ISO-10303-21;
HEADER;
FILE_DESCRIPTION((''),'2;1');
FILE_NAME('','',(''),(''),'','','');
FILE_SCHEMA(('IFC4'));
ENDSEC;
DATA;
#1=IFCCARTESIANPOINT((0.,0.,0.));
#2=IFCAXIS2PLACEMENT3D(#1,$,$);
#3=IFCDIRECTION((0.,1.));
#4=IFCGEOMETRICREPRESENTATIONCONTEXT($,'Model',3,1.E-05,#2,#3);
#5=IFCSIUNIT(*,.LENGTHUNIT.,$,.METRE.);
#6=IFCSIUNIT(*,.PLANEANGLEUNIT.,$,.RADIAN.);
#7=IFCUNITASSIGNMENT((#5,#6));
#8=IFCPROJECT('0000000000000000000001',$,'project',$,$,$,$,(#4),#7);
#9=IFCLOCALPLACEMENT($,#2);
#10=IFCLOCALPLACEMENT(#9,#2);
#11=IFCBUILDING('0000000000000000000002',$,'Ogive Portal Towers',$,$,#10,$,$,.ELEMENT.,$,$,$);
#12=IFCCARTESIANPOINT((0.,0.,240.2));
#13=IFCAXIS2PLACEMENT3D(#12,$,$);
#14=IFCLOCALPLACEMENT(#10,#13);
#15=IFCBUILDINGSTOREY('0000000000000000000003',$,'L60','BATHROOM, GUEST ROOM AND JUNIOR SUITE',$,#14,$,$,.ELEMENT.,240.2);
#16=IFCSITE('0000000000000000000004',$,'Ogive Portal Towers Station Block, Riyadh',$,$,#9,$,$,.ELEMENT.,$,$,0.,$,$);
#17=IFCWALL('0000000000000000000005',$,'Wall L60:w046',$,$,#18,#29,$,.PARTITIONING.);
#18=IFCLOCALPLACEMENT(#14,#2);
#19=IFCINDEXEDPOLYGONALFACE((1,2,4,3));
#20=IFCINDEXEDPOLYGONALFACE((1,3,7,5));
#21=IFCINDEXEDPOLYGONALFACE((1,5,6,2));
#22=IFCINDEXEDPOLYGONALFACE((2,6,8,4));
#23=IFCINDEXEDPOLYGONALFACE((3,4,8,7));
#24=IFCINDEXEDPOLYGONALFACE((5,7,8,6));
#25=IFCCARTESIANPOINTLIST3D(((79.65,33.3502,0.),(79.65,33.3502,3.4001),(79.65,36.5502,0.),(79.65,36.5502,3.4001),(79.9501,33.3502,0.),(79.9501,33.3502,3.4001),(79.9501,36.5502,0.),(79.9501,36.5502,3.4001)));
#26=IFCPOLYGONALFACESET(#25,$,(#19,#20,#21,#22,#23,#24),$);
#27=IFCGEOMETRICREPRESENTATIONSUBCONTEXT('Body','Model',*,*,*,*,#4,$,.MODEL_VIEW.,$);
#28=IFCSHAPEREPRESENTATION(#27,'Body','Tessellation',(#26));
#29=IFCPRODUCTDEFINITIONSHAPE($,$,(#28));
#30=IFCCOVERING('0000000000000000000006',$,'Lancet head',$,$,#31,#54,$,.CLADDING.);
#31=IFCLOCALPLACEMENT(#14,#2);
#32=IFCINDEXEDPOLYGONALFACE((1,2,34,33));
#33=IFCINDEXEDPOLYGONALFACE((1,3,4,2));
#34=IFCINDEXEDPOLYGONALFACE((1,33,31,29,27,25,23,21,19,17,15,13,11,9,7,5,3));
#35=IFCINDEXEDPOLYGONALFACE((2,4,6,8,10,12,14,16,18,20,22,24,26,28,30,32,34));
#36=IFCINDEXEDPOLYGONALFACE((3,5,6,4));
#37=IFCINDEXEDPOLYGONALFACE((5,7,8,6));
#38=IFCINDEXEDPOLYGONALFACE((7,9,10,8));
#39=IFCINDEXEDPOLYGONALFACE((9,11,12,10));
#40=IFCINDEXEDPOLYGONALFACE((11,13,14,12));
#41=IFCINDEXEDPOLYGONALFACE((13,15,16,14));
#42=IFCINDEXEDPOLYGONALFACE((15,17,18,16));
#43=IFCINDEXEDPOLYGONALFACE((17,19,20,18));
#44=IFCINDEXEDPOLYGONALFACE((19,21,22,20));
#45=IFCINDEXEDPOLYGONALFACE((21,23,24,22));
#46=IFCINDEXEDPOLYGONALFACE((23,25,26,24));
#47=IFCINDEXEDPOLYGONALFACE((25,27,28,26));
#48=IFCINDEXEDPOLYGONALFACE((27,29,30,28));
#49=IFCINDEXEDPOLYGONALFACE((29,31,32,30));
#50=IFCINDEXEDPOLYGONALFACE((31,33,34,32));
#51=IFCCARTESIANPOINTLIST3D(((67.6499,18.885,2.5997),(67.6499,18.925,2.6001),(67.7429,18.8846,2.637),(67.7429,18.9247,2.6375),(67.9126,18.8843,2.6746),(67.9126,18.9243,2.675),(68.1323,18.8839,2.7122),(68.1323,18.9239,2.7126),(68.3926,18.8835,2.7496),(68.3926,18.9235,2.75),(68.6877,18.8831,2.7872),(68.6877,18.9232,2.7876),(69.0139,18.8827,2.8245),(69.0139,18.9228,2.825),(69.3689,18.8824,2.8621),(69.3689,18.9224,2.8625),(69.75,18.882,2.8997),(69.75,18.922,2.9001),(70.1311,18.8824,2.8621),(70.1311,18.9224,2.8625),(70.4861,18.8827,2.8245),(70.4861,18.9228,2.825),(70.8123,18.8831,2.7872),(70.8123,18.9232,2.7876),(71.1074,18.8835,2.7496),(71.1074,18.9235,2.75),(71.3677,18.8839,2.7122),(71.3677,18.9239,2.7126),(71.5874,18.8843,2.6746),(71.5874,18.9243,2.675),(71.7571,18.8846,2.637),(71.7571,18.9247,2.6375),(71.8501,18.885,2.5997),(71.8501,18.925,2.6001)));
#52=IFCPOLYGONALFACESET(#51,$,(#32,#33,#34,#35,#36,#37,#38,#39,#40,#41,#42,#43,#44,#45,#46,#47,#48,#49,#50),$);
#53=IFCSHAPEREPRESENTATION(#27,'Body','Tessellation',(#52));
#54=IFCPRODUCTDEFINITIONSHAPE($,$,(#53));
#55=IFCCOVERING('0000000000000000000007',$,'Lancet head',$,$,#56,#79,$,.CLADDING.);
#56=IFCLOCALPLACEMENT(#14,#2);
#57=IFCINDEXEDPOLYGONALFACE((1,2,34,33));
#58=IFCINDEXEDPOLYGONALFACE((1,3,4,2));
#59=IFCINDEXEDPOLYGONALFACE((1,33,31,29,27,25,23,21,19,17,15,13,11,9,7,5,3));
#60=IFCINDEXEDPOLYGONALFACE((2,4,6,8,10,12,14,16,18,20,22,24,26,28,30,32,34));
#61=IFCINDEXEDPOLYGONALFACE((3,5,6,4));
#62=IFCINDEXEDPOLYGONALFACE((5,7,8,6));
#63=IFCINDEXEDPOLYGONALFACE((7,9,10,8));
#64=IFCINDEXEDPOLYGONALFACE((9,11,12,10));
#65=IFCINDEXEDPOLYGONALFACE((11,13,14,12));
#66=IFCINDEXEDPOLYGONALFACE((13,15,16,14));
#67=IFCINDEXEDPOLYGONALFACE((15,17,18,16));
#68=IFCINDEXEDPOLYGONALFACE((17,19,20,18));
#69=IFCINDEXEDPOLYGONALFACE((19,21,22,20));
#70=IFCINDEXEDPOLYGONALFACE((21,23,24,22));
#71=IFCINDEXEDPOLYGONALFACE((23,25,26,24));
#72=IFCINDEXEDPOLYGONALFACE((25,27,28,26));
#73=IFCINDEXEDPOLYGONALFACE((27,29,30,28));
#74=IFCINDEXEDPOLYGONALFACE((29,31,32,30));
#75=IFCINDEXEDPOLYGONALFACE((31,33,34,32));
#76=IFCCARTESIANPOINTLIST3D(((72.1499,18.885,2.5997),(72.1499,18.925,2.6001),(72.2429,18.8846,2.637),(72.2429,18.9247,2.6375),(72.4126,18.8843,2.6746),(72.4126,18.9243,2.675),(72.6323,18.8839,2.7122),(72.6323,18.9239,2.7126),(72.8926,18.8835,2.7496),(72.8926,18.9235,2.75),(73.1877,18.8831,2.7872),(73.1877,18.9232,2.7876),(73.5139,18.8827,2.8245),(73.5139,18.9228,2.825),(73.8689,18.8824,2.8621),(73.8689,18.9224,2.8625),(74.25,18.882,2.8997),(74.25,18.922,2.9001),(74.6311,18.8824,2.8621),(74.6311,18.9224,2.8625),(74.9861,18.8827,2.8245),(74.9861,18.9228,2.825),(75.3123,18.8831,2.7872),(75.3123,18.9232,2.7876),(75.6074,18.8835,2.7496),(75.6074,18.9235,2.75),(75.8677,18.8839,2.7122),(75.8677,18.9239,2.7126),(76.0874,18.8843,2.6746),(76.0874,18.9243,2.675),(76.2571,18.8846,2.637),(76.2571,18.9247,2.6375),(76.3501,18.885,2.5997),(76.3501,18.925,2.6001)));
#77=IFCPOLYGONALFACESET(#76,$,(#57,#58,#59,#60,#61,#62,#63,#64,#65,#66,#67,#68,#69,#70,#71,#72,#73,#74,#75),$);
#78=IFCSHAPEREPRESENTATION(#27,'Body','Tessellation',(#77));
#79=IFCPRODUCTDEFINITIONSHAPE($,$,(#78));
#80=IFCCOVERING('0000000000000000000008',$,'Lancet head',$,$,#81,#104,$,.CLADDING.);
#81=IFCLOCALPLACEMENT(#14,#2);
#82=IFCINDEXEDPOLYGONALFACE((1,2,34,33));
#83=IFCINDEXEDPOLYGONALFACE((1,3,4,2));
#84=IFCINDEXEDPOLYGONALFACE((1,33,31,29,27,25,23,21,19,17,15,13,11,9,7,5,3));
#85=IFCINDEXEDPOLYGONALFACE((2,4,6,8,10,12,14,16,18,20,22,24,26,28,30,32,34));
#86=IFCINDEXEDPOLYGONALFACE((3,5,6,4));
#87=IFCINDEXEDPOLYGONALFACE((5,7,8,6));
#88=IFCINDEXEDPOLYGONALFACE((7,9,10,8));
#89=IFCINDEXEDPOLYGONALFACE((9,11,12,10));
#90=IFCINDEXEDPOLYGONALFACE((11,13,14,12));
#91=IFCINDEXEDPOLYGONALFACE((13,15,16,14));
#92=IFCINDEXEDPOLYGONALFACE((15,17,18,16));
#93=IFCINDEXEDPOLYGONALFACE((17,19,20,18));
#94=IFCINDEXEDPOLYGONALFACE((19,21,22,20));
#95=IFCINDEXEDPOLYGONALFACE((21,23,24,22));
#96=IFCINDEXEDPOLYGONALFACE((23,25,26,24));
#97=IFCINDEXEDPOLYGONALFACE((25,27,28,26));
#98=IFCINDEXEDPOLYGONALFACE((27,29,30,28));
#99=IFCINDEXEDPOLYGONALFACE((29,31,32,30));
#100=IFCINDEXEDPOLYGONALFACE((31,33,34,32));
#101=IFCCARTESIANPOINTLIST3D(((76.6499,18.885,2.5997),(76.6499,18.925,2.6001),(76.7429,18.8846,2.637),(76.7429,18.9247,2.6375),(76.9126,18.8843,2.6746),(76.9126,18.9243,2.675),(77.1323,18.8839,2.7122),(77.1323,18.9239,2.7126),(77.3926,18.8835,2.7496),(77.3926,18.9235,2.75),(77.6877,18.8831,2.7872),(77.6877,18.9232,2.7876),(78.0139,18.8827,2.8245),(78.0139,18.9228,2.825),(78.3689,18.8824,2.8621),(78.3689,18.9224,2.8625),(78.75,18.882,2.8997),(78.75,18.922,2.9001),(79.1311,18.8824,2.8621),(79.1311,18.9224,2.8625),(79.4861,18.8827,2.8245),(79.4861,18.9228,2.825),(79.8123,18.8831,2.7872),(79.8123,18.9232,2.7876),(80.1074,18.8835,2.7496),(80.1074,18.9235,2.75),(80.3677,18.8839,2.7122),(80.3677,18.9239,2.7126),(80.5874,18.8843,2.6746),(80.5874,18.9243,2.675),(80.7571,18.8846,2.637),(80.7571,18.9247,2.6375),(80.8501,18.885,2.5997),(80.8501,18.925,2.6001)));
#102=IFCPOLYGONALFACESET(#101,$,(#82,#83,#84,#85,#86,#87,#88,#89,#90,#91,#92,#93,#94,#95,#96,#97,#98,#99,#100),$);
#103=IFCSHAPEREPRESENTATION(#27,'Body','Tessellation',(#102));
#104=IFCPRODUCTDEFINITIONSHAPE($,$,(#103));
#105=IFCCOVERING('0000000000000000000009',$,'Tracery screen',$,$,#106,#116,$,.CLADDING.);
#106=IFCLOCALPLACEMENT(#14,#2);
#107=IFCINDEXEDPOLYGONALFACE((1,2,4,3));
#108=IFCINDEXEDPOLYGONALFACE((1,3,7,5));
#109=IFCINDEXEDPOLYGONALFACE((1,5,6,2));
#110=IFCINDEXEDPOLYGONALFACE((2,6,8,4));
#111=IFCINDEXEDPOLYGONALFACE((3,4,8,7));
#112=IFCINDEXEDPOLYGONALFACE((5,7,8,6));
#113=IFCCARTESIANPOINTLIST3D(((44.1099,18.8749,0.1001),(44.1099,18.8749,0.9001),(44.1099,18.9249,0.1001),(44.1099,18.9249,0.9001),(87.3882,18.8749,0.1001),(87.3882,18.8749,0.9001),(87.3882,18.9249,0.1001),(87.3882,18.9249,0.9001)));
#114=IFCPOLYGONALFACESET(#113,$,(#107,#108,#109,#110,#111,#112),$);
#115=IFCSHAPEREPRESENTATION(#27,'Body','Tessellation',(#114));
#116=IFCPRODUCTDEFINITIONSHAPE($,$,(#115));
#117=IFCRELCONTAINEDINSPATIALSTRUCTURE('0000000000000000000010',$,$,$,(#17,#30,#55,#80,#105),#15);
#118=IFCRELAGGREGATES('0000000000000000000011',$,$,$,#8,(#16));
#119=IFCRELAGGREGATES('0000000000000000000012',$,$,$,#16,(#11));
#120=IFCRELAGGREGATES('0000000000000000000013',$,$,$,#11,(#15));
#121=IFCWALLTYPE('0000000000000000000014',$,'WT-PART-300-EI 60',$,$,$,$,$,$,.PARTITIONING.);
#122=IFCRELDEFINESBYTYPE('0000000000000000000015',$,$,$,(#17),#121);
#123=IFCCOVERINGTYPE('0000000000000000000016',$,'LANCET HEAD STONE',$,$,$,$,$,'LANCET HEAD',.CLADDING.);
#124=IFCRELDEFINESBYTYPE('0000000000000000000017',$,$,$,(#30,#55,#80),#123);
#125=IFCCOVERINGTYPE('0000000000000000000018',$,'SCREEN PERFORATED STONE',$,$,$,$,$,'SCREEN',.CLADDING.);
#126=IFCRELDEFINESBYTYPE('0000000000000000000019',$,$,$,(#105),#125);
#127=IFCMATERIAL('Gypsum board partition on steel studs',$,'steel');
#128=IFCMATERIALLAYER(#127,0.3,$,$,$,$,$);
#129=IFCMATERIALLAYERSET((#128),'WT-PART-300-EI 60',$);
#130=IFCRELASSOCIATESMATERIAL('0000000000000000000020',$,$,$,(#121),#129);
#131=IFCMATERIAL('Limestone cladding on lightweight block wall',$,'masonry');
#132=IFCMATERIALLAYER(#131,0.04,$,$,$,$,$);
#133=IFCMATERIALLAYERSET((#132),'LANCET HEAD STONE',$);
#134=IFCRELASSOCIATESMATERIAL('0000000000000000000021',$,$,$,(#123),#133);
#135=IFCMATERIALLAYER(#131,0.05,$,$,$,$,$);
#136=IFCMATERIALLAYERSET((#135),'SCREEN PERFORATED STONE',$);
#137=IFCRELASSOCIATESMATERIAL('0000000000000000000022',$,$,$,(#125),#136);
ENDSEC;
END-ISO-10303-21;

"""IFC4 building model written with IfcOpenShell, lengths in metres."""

from ifc_helpers import new_model, si_unit, direction, frame, frame_2d, origin, origin_2d, place, context, subcontext, project, spatial, polyline, rectangle, outline, extrude, material, layer, layer_set, type_object, element, save


model = new_model("IFC4")

# Units and contexts
model_context = context("Model", 3, precision=1e-05, world=origin(), true_north=direction((0.0, 1.0)))
body_context = subcontext(model_context, "Body", "Model", "MODEL_VIEW")
ifc_project = project(units=[si_unit("LENGTHUNIT", "METRE"), si_unit("PLANEANGLEUNIT", "RADIAN")], contexts=[model_context])

# Site, building, storey
site_placement = place(None, origin())
site = spatial("IfcSite", under=ifc_project, at=site_placement, Name="Ogive Portal Towers Station Block, Riyadh", CompositionType="ELEMENT", RefElevation=0.0)
building_placement = place(site_placement, origin())
building = spatial("IfcBuilding", under=site, at=building_placement, Name="Ogive Portal Towers", CompositionType="ELEMENT")
storey_placement = place(building_placement, frame((0.0, 0.0, 240.2)))
storey = spatial("IfcBuildingStorey", under=building, at=storey_placement, Name="L60", Description="BATHROOM, GUEST ROOM AND JUNIOR SUITE", CompositionType="ELEMENT", Elevation=240.2)

# Shared definitions
ifc_material_1 = material(Name="Gypsum board partition on steel studs", Category="steel")
ifc_layer_1 = layer(ifc_material_1, 0.3)
ifc_layer_set_1 = layer_set([ifc_layer_1], Name="WT-PART-300-EI 60")
wall_type = type_object("IfcWallType", Name="WT-PART-300-EI 60", PredefinedType="PARTITIONING", material=ifc_layer_set_1)

# Wall
wall_1_placement = place(storey_placement, frame((79.8, 33.3501, 0.0), z_axis=(0.0, 0.0, 1.0), x_axis=(0.0, 1.0, 0.0)))
element("IfcWall", 1, at=wall_1_placement, inside=storey, type_object=wall_type, Name="Wall L60:w046", PredefinedType="PARTITIONING", context=body_context, shape_type="SweptSolid", body=[
    extrude(rectangle(XDim=3.2, YDim=0.3, at=frame_2d((1.6001, 0.0))), origin(), (0.0, 0.0, 1.0), 3.4001),
])

# Coverings
ifc_material_2 = material(Name="Limestone cladding on lightweight block wall", Category="masonry")
ifc_layer_2 = layer(ifc_material_2, 0.04)
ifc_layer_set_2 = layer_set([ifc_layer_2], Name="LANCET HEAD STONE")
covering_type_1 = type_object("IfcCoveringType", Name="LANCET HEAD STONE", ElementType="LANCET HEAD", PredefinedType="CLADDING", material=ifc_layer_set_2)
for number, where, z_axis, x_axis, name in (
    (2, (67.6499, 18.925, 2.6001), (0.0, 0.999949, 0.010108), (1.0, 0.0, 0.0), "Lancet head"),
    (3, (72.1499, 18.925, 2.6001), (0.0, 0.999949, 0.010108), (1.0, 0.0, 0.0), "Lancet head"),
    (4, (76.6499, 18.925, 2.6001), (0.0, 0.999949, 0.010108), (1.0, 0.0, 0.0), "Lancet head"),
):
    element("IfcCovering", number, at=place(storey_placement, frame(where, z_axis=z_axis, x_axis=x_axis)), inside=storey, type_object=covering_type_1, Name=name, PredefinedType="CLADDING", context=body_context, shape_type="SweptSolid", body=[
        extrude(outline(polyline([(0.0, 0.0), (4.2002, 0.0), (4.1072, -0.0374), (3.9375, -0.075), (3.7178, -0.1126), (3.4575, -0.1499), (3.1624, -0.1875), (2.8362, -0.2249), (2.4812, -0.2625), (2.1001, -0.3001), (1.719, -0.2625), (1.364, -0.2249), (1.0378, -0.1875), (0.7427, -0.1499), (0.4824, -0.1126), (0.2627, -0.075), (0.093, -0.0374), (0.0, 0.0)])), origin(), (0.0, 0.0, -1.0), 0.04),
    ])
ifc_layer_3 = layer(ifc_material_2, 0.05)
ifc_layer_set_3 = layer_set([ifc_layer_3], Name="SCREEN PERFORATED STONE")
covering_type_2 = type_object("IfcCoveringType", Name="SCREEN PERFORATED STONE", ElementType="SCREEN", PredefinedType="CLADDING", material=ifc_layer_set_3)
covering_placement = place(storey_placement, frame((65.749, 18.8999, 0.1001), z_axis=(0.0, 0.0, 1.0), x_axis=(1.0, 0.0, 0.0)))
element("IfcCovering", 5, at=covering_placement, inside=storey, type_object=covering_type_2, Name="Tracery screen", PredefinedType="CLADDING", context=body_context, shape_type="SweptSolid", body=[
    extrude(rectangle(XDim=43.2783, YDim=0.05, at=origin_2d()), origin(), (0.0, 0.0, 1.0), 0.8),
])

save(model, "model.ifc")
